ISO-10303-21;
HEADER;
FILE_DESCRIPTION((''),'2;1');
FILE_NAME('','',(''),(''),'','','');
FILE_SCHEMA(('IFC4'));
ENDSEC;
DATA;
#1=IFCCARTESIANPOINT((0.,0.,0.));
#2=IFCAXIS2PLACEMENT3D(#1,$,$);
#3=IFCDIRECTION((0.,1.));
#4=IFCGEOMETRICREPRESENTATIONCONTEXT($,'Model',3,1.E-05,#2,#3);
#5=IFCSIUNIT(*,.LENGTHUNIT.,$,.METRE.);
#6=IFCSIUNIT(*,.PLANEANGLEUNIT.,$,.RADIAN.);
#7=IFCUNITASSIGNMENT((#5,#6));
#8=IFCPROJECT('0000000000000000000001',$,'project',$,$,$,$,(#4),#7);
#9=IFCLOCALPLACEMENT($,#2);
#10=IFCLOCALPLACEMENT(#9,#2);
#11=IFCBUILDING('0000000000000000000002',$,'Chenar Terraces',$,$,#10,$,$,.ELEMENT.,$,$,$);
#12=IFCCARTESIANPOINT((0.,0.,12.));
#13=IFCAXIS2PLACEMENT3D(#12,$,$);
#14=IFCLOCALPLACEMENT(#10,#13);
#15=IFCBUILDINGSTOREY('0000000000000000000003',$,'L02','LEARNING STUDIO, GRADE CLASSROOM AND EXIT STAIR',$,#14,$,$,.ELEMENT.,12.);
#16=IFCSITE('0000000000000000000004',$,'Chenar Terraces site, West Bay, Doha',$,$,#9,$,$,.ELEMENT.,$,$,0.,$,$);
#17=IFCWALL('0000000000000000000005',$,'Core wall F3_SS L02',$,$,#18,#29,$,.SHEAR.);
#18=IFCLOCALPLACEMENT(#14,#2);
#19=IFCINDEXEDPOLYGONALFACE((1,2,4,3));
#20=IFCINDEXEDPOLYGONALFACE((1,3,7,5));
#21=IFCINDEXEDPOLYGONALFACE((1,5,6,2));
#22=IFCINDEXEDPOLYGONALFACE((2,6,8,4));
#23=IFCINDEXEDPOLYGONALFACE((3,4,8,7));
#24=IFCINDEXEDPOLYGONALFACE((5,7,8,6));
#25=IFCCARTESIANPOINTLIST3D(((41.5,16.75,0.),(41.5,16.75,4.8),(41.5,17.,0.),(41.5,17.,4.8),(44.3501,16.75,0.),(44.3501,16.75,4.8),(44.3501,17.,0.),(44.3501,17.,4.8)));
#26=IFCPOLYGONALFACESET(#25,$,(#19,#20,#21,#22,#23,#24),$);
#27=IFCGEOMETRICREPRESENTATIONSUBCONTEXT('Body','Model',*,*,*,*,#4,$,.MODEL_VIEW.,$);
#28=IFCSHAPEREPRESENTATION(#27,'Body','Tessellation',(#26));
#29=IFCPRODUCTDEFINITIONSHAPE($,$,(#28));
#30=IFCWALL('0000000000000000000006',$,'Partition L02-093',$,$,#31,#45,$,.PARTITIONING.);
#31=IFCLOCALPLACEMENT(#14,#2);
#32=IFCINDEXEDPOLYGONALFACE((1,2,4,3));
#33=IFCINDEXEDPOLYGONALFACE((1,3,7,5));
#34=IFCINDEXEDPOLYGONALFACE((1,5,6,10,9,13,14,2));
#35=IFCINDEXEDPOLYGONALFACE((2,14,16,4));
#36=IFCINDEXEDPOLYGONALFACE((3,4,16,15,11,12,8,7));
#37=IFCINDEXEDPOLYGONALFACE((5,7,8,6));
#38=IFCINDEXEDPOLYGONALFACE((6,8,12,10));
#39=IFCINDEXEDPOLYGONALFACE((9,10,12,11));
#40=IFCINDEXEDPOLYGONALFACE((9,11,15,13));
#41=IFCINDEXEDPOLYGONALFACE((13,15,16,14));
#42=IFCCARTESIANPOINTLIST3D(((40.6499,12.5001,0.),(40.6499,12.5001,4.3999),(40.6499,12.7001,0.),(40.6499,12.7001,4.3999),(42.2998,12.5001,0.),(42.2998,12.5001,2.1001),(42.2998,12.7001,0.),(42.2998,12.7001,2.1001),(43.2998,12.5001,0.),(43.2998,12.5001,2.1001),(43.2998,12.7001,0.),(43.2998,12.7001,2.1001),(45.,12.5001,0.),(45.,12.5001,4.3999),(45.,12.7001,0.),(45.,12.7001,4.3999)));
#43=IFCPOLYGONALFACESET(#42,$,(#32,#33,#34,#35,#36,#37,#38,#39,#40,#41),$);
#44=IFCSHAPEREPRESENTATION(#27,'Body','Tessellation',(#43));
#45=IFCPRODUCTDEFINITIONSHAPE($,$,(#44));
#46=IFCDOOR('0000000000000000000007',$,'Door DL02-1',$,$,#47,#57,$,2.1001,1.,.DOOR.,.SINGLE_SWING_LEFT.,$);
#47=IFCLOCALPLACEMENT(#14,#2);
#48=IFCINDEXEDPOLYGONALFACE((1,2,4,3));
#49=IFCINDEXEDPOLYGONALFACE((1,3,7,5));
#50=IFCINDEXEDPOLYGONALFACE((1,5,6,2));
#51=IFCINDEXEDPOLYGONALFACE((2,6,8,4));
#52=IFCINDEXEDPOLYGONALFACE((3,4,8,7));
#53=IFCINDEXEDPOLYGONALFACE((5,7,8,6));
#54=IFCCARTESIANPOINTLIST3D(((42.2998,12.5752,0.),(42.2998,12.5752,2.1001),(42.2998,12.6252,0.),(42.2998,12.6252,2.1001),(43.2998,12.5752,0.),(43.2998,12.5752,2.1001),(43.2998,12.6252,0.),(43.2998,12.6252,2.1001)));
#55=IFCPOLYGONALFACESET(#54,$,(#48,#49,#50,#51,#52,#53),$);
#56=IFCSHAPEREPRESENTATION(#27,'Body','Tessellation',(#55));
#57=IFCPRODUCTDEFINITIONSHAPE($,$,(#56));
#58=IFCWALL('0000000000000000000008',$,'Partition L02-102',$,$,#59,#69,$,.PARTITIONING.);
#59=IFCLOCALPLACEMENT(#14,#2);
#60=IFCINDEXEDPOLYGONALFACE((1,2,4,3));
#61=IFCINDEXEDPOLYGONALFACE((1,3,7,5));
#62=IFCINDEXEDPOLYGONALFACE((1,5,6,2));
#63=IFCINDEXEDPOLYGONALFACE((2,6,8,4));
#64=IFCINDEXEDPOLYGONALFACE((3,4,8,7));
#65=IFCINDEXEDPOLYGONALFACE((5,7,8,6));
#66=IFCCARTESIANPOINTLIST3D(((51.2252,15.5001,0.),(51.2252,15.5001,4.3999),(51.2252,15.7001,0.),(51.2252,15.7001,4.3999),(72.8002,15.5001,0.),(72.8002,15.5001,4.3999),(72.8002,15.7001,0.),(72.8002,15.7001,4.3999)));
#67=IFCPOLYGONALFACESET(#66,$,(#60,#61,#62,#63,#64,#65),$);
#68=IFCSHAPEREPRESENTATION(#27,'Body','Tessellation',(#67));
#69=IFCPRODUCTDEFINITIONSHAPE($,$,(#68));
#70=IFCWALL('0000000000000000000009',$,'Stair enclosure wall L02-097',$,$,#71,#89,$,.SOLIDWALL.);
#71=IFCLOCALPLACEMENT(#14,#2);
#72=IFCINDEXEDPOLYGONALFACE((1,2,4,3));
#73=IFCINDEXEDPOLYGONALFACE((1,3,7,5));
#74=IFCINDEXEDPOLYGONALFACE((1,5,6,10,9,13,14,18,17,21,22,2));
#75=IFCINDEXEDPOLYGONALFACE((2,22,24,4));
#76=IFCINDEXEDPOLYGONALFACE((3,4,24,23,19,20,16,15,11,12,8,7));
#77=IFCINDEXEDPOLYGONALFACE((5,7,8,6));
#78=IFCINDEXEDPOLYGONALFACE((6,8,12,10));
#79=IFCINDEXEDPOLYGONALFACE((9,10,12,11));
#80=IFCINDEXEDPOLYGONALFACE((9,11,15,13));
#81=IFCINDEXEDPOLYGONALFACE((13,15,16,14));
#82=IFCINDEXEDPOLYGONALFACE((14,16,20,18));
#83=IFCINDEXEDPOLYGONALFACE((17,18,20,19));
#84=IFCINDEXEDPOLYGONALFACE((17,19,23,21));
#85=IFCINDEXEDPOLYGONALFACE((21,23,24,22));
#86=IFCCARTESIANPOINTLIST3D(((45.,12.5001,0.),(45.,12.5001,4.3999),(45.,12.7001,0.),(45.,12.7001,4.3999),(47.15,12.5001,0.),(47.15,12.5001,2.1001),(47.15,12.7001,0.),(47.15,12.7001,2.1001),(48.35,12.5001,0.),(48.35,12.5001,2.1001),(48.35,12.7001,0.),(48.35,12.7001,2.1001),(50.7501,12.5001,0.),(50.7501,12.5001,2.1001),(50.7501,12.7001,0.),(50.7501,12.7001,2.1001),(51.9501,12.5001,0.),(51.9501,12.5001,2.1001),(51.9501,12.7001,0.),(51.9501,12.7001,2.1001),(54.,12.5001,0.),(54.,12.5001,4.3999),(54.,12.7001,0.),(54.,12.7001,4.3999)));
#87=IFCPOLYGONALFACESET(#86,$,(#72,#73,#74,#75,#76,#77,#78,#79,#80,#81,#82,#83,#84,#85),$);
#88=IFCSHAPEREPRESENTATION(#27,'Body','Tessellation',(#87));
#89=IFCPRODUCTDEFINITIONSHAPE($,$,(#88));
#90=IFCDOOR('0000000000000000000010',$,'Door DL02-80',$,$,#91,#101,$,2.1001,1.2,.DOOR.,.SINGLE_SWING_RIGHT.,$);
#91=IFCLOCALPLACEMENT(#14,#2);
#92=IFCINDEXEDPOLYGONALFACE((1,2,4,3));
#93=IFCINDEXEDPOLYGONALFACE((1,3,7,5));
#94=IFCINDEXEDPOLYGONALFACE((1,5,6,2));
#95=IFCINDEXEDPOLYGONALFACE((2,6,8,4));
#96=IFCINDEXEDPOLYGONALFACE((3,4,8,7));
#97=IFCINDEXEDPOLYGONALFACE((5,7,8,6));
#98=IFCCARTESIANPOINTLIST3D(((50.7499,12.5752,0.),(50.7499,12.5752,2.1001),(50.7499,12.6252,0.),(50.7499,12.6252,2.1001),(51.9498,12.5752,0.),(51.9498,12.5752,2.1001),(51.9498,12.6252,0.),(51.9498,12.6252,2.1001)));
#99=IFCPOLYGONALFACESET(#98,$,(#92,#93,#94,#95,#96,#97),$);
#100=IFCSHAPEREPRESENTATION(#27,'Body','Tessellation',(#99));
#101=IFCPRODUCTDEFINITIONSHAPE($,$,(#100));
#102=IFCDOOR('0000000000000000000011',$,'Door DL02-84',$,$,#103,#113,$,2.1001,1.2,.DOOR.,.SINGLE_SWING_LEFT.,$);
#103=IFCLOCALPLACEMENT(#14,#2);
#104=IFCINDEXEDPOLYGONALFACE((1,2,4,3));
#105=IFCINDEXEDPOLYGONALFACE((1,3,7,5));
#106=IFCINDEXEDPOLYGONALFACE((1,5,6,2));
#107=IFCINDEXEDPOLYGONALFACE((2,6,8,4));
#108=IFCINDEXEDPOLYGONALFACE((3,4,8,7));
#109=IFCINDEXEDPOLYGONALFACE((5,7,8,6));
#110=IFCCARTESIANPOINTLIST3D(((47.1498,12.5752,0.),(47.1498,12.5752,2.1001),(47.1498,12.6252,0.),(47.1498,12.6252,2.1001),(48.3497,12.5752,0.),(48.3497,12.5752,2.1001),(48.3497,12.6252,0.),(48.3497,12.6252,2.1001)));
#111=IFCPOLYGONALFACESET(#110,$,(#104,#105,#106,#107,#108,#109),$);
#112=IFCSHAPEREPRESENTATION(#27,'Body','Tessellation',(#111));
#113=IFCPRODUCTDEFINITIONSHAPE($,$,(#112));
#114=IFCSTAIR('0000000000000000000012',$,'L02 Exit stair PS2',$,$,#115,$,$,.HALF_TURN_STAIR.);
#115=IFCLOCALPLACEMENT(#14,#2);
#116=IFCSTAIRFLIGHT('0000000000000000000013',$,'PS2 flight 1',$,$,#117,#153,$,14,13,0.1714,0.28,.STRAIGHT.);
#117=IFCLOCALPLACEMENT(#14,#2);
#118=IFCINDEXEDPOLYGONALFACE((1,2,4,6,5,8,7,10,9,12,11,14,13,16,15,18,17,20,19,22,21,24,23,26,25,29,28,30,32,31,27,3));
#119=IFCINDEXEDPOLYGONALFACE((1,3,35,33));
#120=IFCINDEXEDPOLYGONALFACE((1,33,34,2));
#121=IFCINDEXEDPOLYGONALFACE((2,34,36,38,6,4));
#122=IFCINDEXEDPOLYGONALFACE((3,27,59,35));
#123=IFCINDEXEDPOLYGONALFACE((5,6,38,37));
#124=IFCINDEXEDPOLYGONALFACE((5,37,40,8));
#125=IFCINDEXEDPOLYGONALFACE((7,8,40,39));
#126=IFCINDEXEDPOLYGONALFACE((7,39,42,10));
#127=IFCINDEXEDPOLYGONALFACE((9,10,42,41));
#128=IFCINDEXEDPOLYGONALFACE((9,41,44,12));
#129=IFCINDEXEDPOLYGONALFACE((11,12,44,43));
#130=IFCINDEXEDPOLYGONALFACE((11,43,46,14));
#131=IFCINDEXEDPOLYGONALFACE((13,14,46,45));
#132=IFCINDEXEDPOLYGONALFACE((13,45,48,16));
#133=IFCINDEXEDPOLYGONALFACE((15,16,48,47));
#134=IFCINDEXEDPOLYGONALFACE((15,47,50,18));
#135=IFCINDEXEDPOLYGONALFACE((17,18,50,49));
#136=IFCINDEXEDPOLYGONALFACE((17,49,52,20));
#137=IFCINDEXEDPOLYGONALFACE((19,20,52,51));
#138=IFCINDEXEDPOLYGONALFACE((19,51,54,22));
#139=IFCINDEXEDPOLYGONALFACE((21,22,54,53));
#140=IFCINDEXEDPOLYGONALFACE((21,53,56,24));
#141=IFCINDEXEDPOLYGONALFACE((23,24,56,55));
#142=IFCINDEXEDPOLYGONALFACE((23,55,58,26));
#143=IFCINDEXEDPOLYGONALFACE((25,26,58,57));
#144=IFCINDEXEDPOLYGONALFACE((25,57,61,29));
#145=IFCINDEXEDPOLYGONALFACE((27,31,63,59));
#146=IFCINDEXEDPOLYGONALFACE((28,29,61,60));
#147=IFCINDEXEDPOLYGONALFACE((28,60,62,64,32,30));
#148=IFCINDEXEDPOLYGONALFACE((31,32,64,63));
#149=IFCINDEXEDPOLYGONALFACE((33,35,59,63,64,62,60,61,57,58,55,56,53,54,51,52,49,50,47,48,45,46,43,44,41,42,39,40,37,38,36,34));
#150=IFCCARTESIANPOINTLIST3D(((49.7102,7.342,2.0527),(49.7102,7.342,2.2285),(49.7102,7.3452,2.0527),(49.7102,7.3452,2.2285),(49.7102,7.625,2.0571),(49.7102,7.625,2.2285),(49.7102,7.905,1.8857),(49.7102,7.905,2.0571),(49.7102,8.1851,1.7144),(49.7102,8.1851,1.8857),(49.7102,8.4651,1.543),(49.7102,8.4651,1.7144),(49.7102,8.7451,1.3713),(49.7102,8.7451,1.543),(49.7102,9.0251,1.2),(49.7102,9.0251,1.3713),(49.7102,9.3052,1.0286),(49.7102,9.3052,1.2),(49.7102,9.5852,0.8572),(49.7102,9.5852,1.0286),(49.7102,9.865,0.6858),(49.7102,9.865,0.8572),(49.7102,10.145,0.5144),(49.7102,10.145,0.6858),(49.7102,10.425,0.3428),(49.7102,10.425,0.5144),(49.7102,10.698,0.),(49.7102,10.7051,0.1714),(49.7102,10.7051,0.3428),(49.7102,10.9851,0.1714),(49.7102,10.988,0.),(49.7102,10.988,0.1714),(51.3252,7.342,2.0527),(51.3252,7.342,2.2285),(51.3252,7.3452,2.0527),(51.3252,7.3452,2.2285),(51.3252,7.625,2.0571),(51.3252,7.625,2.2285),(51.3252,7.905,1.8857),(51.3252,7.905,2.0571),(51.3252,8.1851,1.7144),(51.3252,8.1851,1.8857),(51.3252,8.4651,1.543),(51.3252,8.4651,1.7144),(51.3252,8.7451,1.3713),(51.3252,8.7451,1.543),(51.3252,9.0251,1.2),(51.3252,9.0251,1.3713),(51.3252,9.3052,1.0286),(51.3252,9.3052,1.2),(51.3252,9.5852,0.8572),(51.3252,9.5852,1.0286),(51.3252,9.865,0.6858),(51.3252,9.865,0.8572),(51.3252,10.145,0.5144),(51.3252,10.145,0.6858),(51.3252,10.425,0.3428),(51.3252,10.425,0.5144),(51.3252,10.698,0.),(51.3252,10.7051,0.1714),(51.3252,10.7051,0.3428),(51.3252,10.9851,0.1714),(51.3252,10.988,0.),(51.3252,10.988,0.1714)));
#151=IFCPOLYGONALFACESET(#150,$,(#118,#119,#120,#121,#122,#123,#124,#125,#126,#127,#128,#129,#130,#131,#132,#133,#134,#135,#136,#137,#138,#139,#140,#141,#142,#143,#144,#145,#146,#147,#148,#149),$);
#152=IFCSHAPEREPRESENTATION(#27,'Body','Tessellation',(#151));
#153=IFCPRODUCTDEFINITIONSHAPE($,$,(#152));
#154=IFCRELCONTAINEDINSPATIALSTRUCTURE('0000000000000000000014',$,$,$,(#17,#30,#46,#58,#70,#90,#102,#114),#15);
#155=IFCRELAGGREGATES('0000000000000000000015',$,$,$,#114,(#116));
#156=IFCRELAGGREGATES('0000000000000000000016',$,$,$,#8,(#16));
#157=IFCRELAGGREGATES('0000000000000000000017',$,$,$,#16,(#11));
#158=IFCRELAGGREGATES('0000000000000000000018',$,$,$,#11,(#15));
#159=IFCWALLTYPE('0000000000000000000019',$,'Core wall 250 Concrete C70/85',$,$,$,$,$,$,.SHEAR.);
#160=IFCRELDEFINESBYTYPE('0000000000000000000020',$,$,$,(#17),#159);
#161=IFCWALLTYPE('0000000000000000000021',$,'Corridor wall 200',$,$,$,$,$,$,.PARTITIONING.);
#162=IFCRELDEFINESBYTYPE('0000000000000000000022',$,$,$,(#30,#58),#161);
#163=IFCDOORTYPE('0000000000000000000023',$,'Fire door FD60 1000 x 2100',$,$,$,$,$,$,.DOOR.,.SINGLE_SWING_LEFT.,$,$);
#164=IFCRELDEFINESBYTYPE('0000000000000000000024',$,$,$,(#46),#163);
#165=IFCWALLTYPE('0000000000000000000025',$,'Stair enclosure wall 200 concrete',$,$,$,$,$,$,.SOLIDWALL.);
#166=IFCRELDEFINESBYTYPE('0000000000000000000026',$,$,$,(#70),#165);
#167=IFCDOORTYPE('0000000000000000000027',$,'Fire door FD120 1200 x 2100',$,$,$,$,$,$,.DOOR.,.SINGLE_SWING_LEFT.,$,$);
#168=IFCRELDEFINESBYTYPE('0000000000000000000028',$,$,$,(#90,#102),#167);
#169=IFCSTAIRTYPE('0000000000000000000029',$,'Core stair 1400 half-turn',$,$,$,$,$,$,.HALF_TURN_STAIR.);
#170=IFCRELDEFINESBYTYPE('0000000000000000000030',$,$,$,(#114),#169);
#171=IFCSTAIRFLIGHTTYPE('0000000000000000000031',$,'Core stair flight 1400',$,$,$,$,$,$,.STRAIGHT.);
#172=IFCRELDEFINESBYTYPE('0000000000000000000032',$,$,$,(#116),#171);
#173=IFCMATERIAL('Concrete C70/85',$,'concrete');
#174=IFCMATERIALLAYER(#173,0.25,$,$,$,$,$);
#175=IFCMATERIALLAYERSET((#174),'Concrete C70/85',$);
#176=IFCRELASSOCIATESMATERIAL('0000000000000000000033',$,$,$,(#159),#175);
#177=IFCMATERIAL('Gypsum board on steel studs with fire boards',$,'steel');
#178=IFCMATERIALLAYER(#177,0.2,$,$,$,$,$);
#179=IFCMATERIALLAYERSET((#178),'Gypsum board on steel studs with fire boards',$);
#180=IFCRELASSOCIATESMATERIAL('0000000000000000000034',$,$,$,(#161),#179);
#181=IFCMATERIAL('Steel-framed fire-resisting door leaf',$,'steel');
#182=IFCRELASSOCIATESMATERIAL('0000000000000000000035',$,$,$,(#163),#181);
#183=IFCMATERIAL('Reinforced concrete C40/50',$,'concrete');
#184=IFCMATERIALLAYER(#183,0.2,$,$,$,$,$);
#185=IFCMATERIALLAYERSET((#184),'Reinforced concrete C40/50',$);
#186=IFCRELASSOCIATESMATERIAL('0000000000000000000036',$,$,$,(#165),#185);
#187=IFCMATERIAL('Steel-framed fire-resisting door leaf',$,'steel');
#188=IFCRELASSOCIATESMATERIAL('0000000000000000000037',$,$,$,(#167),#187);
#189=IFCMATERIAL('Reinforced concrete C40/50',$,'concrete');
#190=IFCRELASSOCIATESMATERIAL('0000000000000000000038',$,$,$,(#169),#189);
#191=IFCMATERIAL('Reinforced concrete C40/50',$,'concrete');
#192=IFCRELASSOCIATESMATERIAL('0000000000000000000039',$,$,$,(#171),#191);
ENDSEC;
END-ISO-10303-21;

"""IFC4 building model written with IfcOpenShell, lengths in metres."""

from ifc_helpers import new_model, si_unit, direction, frame, frame_2d, origin, place, context, subcontext, project, spatial, polyline, rectangle, outline, extrude, material, layer, layer_set, type_object, element, fill, aggregate, save


model = new_model("IFC4")

# Units and contexts
model_context = context("Model", 3, precision=1e-05, world=origin(), true_north=direction((0.0, 1.0)))
body_context = subcontext(model_context, "Body", "Model", "MODEL_VIEW")
ifc_project = project(units=[si_unit("LENGTHUNIT", "METRE"), si_unit("PLANEANGLEUNIT", "RADIAN")], contexts=[model_context])

# Site, building, storey
site_placement = place(None, origin())
site = spatial("IfcSite", under=ifc_project, at=site_placement, Name="Chenar Terraces site, West Bay, Doha", CompositionType="ELEMENT", RefElevation=0.0)
building_placement = place(site_placement, origin())
building = spatial("IfcBuilding", under=site, at=building_placement, Name="Chenar Terraces", CompositionType="ELEMENT")
storey_placement = place(building_placement, frame((0.0, 0.0, 12.0)))
storey = spatial("IfcBuildingStorey", under=building, at=storey_placement, Name="L02", Description="LEARNING STUDIO, GRADE CLASSROOM AND EXIT STAIR", CompositionType="ELEMENT", Elevation=12.0)

# Shared definitions
ifc_material_1 = material(Name="Concrete C70/85", Category="concrete")
ifc_layer_1 = layer(ifc_material_1, 0.25)
ifc_layer_set_1 = layer_set([ifc_layer_1], Name="Concrete C70/85")
wall_type_1 = type_object("IfcWallType", Name="Core wall 250 Concrete C70/85", PredefinedType="SHEAR", material=ifc_layer_set_1)

# Wall
wall_1_placement = place(storey_placement, frame((41.5, 16.875, 0.0), z_axis=(0.0, 0.0, 1.0), x_axis=(1.0, 0.0, 0.0)))
element("IfcWall", 1, at=wall_1_placement, inside=storey, type_object=wall_type_1, Name="Core wall F3_SS L02", PredefinedType="SHEAR", context=body_context, shape_type="SweptSolid", body=[
    extrude(rectangle(XDim=2.8501, YDim=0.25, at=frame_2d((1.425, 0.0))), origin(), (0.0, 0.0, 1.0), 4.8),
])

# Wall, opening, door
ifc_material_2 = material(Name="Gypsum board on steel studs with fire boards", Category="steel")
ifc_layer_2 = layer(ifc_material_2, 0.2)
ifc_layer_set_2 = layer_set([ifc_layer_2], Name="Gypsum board on steel studs with fire boards")
wall_type_2 = type_object("IfcWallType", Name="Corridor wall 200", PredefinedType="PARTITIONING", material=ifc_layer_set_2)
wall_2_placement = place(storey_placement, frame((40.6499, 12.6001, 0.0), z_axis=(0.0, 0.0, 1.0), x_axis=(1.0, 0.0, 0.0)))
wall_2 = element("IfcWall", 2, at=wall_2_placement, inside=storey, type_object=wall_type_2, Name="Partition L02-093", PredefinedType="PARTITIONING", context=body_context, shape_type="SweptSolid", body=[
    extrude(rectangle(XDim=4.3501, YDim=0.2, at=frame_2d((2.175, 0.0))), origin(), (0.0, 0.0, 1.0), 4.3999),
])
opening_1_placement = place(wall_2_placement, frame((1.6499, 0.0, 0.0)))
opening_1 = element("IfcOpeningElement", 3, at=opening_1_placement, cuts=wall_2, PredefinedType="OPENING", context=body_context, shape_type="SweptSolid", body=[
    extrude(rectangle(XDim=1.0, YDim=2.1001, at=frame_2d((0.5, 1.05))), frame((0.0, 0.1099, 0.0), z_axis=(0.0, -1.0, 0.0), x_axis=(1.0, 0.0, 0.0)), (0.0, 0.0, 1.0), 0.22),
])
ifc_material_3 = material(Name="Steel-framed fire-resisting door leaf", Category="steel")
door_type_1 = type_object("IfcDoorType", Name="Fire door FD60 1000 x 2100", OperationType="SINGLE_SWING_LEFT", PredefinedType="DOOR", material=ifc_material_3)
door_1_placement = place(opening_1_placement, frame((1.0, 0.0, 0.0), z_axis=(0.0, 0.0, 1.0), x_axis=(-1.0, 0.0, 0.0)))
door_1 = element("IfcDoor", 4, at=door_1_placement, inside=storey, type_object=door_type_1, Name="Door DL02-1", OperationType="SINGLE_SWING_LEFT", OverallHeight=2.1001, OverallWidth=1.0, PredefinedType="DOOR", context=body_context, shape_type="SweptSolid", body=[
    extrude(rectangle(XDim=1.0, YDim=2.1001, at=frame_2d((0.5, 1.05))), frame((0.0, 0.0249, 0.0), z_axis=(0.0, -1.0, 0.0), x_axis=(1.0, 0.0, 0.0)), (0.0, 0.0, 1.0), 0.05),
])
fill(opening_1, door_1)

# Wall
wall_3_placement = place(storey_placement, frame((51.2251, 15.6001, 0.0), z_axis=(0.0, 0.0, 1.0), x_axis=(1.0, 0.0, 0.0)))
element("IfcWall", 5, at=wall_3_placement, inside=storey, type_object=wall_type_2, Name="Partition L02-102", PredefinedType="PARTITIONING", context=body_context, shape_type="SweptSolid", body=[
    extrude(rectangle(XDim=21.575, YDim=0.2, at=frame_2d((10.7876, 0.0))), origin(), (0.0, 0.0, 1.0), 4.3999),
])

# Wall, openings, doors
ifc_material_4 = material(Name="Reinforced concrete C40/50", Category="concrete")
ifc_layer_3 = layer(ifc_material_4, 0.2)
ifc_layer_set_3 = layer_set([ifc_layer_3], Name="Reinforced concrete C40/50")
wall_type_3 = type_object("IfcWallType", Name="Stair enclosure wall 200 concrete", PredefinedType="SOLIDWALL", material=ifc_layer_set_3)
wall_4_placement = place(storey_placement, frame((45.0, 12.6001, 0.0), z_axis=(0.0, 0.0, 1.0), x_axis=(1.0, 0.0, 0.0)))
wall_4 = element("IfcWall", 6, at=wall_4_placement, inside=storey, type_object=wall_type_3, Name="Stair enclosure wall L02-097", PredefinedType="SOLIDWALL", context=body_context, shape_type="SweptSolid", body=[
    extrude(rectangle(XDim=9.0, YDim=0.2, at=frame_2d((4.5, 0.0))), origin(), (0.0, 0.0, 1.0), 4.3999),
])
opening_2_placement = place(wall_4_placement, frame((5.75, 0.0, 0.0)))
opening_2 = element("IfcOpeningElement", 7, at=opening_2_placement, cuts=wall_4, PredefinedType="OPENING", context=body_context, shape_type="SweptSolid", body=[
    extrude(rectangle(XDim=1.2, YDim=2.1001, at=frame_2d((0.6001, 1.05))), frame((0.0, 0.1099, 0.0), z_axis=(0.0, -1.0, 0.0), x_axis=(1.0, 0.0, 0.0)), (0.0, 0.0, 1.0), 0.22),
])
opening_3_placement = place(wall_4_placement, frame((2.1499, 0.0, 0.0)))
opening_3 = element("IfcOpeningElement", 8, at=opening_3_placement, cuts=wall_4, PredefinedType="OPENING", context=body_context, shape_type="SweptSolid", body=[
    extrude(rectangle(XDim=1.2, YDim=2.1001, at=frame_2d((0.6001, 1.05))), frame((0.0, 0.1099, 0.0), z_axis=(0.0, -1.0, 0.0), x_axis=(1.0, 0.0, 0.0)), (0.0, 0.0, 1.0), 0.22),
])
ifc_material_5 = material(Name="Steel-framed fire-resisting door leaf", Category="steel")
door_type_2 = type_object("IfcDoorType", Name="Fire door FD120 1200 x 2100", OperationType="SINGLE_SWING_LEFT", PredefinedType="DOOR", material=ifc_material_5)
door_2_placement = place(opening_2_placement, frame((1.2, 0.0, 0.0), z_axis=(0.0, 0.0, 1.0), x_axis=(-1.0, 0.0, 0.0)))
door_2 = element("IfcDoor", 9, at=door_2_placement, inside=storey, type_object=door_type_2, Name="Door DL02-80", OperationType="SINGLE_SWING_RIGHT", OverallHeight=2.1001, OverallWidth=1.2, PredefinedType="DOOR", context=body_context, shape_type="SweptSolid", body=[
    extrude(rectangle(XDim=1.2, YDim=2.1001, at=frame_2d((0.6001, 1.05))), frame((0.0, 0.0249, 0.0), z_axis=(0.0, -1.0, 0.0), x_axis=(1.0, 0.0, 0.0)), (0.0, 0.0, 1.0), 0.05),
])
fill(opening_2, door_2)
door_3_placement = place(opening_3_placement, frame((1.2, 0.0, 0.0), z_axis=(0.0, 0.0, 1.0), x_axis=(-1.0, 0.0, 0.0)))
door_3 = element("IfcDoor", 10, at=door_3_placement, inside=storey, type_object=door_type_2, Name="Door DL02-84", OperationType="SINGLE_SWING_LEFT", OverallHeight=2.1001, OverallWidth=1.2, PredefinedType="DOOR", context=body_context, shape_type="SweptSolid", body=[
    extrude(rectangle(XDim=1.2, YDim=2.1001, at=frame_2d((0.6001, 1.05))), frame((0.0, 0.0249, 0.0), z_axis=(0.0, -1.0, 0.0), x_axis=(1.0, 0.0, 0.0)), (0.0, 0.0, 1.0), 0.05),
])
fill(opening_3, door_3)

# Stair, stair flight
ifc_material_6 = material(Name="Reinforced concrete C40/50", Category="concrete")
stair_type = type_object("IfcStairType", Name="Core stair 1400 half-turn", PredefinedType="HALF_TURN_STAIR", material=ifc_material_6)
placement = place(storey_placement, origin())
stair_1 = element("IfcStair", 11, at=placement, inside=storey, type_object=stair_type, Name="L02 Exit stair PS2", PredefinedType="HALF_TURN_STAIR")
ifc_material_7 = material(Name="Reinforced concrete C40/50", Category="concrete")
stair_flight_type = type_object("IfcStairFlightType", Name="Core stair flight 1400", PredefinedType="STRAIGHT", material=ifc_material_7)
stair_flight_1_placement = place(storey_placement, frame((50.5176, 10.9851, 0.0), z_axis=(0.0, 0.0, 1.0), x_axis=(0.0, -1.0, 0.0)))
stair_flight_1 = element("IfcStairFlight", 12, at=stair_flight_1_placement, type_object=stair_flight_type, Name="PS2 flight 1", NumberOfRisers=14, NumberOfTreads=13, PredefinedType="STRAIGHT", RiserHeight=0.1714, TreadLength=0.28, context=body_context, shape_type="SweptSolid", body=[
    extrude(outline(polyline([(-0.0029, 0.0), (-0.0029, 0.1714), (0.0, 0.1714), (0.28, 0.1714), (0.28, 0.3428), (0.5601, 0.3428), (0.5601, 0.5144), (0.8401, 0.5144), (0.8401, 0.6858), (1.1201, 0.6858), (1.1201, 0.8572), (1.3999, 0.8572), (1.3999, 1.0286), (1.6799, 1.0286), (1.6799, 1.2), (1.96, 1.2), (1.96, 1.3713), (2.24, 1.3713), (2.24, 1.543), (2.52, 1.543), (2.52, 1.7144), (2.8, 1.7144), (2.8, 1.8857), (3.0801, 1.8857), (3.0801, 2.0571), (3.3601, 2.0571), (3.3601, 2.2285), (3.6399, 2.2285), (3.6431, 2.2285), (3.6431, 2.0527), (3.6399, 2.0527), (0.2871, 0.0), (-0.0029, 0.0)])), frame((0.0, 0.8076, 0.0), z_axis=(0.0, -1.0, 0.0), x_axis=(1.0, 0.0, 0.0)), (0.0, 0.0, 1.0), 1.615),
])
aggregate(stair_1, [stair_flight_1])

save(model, "model.ifc")
